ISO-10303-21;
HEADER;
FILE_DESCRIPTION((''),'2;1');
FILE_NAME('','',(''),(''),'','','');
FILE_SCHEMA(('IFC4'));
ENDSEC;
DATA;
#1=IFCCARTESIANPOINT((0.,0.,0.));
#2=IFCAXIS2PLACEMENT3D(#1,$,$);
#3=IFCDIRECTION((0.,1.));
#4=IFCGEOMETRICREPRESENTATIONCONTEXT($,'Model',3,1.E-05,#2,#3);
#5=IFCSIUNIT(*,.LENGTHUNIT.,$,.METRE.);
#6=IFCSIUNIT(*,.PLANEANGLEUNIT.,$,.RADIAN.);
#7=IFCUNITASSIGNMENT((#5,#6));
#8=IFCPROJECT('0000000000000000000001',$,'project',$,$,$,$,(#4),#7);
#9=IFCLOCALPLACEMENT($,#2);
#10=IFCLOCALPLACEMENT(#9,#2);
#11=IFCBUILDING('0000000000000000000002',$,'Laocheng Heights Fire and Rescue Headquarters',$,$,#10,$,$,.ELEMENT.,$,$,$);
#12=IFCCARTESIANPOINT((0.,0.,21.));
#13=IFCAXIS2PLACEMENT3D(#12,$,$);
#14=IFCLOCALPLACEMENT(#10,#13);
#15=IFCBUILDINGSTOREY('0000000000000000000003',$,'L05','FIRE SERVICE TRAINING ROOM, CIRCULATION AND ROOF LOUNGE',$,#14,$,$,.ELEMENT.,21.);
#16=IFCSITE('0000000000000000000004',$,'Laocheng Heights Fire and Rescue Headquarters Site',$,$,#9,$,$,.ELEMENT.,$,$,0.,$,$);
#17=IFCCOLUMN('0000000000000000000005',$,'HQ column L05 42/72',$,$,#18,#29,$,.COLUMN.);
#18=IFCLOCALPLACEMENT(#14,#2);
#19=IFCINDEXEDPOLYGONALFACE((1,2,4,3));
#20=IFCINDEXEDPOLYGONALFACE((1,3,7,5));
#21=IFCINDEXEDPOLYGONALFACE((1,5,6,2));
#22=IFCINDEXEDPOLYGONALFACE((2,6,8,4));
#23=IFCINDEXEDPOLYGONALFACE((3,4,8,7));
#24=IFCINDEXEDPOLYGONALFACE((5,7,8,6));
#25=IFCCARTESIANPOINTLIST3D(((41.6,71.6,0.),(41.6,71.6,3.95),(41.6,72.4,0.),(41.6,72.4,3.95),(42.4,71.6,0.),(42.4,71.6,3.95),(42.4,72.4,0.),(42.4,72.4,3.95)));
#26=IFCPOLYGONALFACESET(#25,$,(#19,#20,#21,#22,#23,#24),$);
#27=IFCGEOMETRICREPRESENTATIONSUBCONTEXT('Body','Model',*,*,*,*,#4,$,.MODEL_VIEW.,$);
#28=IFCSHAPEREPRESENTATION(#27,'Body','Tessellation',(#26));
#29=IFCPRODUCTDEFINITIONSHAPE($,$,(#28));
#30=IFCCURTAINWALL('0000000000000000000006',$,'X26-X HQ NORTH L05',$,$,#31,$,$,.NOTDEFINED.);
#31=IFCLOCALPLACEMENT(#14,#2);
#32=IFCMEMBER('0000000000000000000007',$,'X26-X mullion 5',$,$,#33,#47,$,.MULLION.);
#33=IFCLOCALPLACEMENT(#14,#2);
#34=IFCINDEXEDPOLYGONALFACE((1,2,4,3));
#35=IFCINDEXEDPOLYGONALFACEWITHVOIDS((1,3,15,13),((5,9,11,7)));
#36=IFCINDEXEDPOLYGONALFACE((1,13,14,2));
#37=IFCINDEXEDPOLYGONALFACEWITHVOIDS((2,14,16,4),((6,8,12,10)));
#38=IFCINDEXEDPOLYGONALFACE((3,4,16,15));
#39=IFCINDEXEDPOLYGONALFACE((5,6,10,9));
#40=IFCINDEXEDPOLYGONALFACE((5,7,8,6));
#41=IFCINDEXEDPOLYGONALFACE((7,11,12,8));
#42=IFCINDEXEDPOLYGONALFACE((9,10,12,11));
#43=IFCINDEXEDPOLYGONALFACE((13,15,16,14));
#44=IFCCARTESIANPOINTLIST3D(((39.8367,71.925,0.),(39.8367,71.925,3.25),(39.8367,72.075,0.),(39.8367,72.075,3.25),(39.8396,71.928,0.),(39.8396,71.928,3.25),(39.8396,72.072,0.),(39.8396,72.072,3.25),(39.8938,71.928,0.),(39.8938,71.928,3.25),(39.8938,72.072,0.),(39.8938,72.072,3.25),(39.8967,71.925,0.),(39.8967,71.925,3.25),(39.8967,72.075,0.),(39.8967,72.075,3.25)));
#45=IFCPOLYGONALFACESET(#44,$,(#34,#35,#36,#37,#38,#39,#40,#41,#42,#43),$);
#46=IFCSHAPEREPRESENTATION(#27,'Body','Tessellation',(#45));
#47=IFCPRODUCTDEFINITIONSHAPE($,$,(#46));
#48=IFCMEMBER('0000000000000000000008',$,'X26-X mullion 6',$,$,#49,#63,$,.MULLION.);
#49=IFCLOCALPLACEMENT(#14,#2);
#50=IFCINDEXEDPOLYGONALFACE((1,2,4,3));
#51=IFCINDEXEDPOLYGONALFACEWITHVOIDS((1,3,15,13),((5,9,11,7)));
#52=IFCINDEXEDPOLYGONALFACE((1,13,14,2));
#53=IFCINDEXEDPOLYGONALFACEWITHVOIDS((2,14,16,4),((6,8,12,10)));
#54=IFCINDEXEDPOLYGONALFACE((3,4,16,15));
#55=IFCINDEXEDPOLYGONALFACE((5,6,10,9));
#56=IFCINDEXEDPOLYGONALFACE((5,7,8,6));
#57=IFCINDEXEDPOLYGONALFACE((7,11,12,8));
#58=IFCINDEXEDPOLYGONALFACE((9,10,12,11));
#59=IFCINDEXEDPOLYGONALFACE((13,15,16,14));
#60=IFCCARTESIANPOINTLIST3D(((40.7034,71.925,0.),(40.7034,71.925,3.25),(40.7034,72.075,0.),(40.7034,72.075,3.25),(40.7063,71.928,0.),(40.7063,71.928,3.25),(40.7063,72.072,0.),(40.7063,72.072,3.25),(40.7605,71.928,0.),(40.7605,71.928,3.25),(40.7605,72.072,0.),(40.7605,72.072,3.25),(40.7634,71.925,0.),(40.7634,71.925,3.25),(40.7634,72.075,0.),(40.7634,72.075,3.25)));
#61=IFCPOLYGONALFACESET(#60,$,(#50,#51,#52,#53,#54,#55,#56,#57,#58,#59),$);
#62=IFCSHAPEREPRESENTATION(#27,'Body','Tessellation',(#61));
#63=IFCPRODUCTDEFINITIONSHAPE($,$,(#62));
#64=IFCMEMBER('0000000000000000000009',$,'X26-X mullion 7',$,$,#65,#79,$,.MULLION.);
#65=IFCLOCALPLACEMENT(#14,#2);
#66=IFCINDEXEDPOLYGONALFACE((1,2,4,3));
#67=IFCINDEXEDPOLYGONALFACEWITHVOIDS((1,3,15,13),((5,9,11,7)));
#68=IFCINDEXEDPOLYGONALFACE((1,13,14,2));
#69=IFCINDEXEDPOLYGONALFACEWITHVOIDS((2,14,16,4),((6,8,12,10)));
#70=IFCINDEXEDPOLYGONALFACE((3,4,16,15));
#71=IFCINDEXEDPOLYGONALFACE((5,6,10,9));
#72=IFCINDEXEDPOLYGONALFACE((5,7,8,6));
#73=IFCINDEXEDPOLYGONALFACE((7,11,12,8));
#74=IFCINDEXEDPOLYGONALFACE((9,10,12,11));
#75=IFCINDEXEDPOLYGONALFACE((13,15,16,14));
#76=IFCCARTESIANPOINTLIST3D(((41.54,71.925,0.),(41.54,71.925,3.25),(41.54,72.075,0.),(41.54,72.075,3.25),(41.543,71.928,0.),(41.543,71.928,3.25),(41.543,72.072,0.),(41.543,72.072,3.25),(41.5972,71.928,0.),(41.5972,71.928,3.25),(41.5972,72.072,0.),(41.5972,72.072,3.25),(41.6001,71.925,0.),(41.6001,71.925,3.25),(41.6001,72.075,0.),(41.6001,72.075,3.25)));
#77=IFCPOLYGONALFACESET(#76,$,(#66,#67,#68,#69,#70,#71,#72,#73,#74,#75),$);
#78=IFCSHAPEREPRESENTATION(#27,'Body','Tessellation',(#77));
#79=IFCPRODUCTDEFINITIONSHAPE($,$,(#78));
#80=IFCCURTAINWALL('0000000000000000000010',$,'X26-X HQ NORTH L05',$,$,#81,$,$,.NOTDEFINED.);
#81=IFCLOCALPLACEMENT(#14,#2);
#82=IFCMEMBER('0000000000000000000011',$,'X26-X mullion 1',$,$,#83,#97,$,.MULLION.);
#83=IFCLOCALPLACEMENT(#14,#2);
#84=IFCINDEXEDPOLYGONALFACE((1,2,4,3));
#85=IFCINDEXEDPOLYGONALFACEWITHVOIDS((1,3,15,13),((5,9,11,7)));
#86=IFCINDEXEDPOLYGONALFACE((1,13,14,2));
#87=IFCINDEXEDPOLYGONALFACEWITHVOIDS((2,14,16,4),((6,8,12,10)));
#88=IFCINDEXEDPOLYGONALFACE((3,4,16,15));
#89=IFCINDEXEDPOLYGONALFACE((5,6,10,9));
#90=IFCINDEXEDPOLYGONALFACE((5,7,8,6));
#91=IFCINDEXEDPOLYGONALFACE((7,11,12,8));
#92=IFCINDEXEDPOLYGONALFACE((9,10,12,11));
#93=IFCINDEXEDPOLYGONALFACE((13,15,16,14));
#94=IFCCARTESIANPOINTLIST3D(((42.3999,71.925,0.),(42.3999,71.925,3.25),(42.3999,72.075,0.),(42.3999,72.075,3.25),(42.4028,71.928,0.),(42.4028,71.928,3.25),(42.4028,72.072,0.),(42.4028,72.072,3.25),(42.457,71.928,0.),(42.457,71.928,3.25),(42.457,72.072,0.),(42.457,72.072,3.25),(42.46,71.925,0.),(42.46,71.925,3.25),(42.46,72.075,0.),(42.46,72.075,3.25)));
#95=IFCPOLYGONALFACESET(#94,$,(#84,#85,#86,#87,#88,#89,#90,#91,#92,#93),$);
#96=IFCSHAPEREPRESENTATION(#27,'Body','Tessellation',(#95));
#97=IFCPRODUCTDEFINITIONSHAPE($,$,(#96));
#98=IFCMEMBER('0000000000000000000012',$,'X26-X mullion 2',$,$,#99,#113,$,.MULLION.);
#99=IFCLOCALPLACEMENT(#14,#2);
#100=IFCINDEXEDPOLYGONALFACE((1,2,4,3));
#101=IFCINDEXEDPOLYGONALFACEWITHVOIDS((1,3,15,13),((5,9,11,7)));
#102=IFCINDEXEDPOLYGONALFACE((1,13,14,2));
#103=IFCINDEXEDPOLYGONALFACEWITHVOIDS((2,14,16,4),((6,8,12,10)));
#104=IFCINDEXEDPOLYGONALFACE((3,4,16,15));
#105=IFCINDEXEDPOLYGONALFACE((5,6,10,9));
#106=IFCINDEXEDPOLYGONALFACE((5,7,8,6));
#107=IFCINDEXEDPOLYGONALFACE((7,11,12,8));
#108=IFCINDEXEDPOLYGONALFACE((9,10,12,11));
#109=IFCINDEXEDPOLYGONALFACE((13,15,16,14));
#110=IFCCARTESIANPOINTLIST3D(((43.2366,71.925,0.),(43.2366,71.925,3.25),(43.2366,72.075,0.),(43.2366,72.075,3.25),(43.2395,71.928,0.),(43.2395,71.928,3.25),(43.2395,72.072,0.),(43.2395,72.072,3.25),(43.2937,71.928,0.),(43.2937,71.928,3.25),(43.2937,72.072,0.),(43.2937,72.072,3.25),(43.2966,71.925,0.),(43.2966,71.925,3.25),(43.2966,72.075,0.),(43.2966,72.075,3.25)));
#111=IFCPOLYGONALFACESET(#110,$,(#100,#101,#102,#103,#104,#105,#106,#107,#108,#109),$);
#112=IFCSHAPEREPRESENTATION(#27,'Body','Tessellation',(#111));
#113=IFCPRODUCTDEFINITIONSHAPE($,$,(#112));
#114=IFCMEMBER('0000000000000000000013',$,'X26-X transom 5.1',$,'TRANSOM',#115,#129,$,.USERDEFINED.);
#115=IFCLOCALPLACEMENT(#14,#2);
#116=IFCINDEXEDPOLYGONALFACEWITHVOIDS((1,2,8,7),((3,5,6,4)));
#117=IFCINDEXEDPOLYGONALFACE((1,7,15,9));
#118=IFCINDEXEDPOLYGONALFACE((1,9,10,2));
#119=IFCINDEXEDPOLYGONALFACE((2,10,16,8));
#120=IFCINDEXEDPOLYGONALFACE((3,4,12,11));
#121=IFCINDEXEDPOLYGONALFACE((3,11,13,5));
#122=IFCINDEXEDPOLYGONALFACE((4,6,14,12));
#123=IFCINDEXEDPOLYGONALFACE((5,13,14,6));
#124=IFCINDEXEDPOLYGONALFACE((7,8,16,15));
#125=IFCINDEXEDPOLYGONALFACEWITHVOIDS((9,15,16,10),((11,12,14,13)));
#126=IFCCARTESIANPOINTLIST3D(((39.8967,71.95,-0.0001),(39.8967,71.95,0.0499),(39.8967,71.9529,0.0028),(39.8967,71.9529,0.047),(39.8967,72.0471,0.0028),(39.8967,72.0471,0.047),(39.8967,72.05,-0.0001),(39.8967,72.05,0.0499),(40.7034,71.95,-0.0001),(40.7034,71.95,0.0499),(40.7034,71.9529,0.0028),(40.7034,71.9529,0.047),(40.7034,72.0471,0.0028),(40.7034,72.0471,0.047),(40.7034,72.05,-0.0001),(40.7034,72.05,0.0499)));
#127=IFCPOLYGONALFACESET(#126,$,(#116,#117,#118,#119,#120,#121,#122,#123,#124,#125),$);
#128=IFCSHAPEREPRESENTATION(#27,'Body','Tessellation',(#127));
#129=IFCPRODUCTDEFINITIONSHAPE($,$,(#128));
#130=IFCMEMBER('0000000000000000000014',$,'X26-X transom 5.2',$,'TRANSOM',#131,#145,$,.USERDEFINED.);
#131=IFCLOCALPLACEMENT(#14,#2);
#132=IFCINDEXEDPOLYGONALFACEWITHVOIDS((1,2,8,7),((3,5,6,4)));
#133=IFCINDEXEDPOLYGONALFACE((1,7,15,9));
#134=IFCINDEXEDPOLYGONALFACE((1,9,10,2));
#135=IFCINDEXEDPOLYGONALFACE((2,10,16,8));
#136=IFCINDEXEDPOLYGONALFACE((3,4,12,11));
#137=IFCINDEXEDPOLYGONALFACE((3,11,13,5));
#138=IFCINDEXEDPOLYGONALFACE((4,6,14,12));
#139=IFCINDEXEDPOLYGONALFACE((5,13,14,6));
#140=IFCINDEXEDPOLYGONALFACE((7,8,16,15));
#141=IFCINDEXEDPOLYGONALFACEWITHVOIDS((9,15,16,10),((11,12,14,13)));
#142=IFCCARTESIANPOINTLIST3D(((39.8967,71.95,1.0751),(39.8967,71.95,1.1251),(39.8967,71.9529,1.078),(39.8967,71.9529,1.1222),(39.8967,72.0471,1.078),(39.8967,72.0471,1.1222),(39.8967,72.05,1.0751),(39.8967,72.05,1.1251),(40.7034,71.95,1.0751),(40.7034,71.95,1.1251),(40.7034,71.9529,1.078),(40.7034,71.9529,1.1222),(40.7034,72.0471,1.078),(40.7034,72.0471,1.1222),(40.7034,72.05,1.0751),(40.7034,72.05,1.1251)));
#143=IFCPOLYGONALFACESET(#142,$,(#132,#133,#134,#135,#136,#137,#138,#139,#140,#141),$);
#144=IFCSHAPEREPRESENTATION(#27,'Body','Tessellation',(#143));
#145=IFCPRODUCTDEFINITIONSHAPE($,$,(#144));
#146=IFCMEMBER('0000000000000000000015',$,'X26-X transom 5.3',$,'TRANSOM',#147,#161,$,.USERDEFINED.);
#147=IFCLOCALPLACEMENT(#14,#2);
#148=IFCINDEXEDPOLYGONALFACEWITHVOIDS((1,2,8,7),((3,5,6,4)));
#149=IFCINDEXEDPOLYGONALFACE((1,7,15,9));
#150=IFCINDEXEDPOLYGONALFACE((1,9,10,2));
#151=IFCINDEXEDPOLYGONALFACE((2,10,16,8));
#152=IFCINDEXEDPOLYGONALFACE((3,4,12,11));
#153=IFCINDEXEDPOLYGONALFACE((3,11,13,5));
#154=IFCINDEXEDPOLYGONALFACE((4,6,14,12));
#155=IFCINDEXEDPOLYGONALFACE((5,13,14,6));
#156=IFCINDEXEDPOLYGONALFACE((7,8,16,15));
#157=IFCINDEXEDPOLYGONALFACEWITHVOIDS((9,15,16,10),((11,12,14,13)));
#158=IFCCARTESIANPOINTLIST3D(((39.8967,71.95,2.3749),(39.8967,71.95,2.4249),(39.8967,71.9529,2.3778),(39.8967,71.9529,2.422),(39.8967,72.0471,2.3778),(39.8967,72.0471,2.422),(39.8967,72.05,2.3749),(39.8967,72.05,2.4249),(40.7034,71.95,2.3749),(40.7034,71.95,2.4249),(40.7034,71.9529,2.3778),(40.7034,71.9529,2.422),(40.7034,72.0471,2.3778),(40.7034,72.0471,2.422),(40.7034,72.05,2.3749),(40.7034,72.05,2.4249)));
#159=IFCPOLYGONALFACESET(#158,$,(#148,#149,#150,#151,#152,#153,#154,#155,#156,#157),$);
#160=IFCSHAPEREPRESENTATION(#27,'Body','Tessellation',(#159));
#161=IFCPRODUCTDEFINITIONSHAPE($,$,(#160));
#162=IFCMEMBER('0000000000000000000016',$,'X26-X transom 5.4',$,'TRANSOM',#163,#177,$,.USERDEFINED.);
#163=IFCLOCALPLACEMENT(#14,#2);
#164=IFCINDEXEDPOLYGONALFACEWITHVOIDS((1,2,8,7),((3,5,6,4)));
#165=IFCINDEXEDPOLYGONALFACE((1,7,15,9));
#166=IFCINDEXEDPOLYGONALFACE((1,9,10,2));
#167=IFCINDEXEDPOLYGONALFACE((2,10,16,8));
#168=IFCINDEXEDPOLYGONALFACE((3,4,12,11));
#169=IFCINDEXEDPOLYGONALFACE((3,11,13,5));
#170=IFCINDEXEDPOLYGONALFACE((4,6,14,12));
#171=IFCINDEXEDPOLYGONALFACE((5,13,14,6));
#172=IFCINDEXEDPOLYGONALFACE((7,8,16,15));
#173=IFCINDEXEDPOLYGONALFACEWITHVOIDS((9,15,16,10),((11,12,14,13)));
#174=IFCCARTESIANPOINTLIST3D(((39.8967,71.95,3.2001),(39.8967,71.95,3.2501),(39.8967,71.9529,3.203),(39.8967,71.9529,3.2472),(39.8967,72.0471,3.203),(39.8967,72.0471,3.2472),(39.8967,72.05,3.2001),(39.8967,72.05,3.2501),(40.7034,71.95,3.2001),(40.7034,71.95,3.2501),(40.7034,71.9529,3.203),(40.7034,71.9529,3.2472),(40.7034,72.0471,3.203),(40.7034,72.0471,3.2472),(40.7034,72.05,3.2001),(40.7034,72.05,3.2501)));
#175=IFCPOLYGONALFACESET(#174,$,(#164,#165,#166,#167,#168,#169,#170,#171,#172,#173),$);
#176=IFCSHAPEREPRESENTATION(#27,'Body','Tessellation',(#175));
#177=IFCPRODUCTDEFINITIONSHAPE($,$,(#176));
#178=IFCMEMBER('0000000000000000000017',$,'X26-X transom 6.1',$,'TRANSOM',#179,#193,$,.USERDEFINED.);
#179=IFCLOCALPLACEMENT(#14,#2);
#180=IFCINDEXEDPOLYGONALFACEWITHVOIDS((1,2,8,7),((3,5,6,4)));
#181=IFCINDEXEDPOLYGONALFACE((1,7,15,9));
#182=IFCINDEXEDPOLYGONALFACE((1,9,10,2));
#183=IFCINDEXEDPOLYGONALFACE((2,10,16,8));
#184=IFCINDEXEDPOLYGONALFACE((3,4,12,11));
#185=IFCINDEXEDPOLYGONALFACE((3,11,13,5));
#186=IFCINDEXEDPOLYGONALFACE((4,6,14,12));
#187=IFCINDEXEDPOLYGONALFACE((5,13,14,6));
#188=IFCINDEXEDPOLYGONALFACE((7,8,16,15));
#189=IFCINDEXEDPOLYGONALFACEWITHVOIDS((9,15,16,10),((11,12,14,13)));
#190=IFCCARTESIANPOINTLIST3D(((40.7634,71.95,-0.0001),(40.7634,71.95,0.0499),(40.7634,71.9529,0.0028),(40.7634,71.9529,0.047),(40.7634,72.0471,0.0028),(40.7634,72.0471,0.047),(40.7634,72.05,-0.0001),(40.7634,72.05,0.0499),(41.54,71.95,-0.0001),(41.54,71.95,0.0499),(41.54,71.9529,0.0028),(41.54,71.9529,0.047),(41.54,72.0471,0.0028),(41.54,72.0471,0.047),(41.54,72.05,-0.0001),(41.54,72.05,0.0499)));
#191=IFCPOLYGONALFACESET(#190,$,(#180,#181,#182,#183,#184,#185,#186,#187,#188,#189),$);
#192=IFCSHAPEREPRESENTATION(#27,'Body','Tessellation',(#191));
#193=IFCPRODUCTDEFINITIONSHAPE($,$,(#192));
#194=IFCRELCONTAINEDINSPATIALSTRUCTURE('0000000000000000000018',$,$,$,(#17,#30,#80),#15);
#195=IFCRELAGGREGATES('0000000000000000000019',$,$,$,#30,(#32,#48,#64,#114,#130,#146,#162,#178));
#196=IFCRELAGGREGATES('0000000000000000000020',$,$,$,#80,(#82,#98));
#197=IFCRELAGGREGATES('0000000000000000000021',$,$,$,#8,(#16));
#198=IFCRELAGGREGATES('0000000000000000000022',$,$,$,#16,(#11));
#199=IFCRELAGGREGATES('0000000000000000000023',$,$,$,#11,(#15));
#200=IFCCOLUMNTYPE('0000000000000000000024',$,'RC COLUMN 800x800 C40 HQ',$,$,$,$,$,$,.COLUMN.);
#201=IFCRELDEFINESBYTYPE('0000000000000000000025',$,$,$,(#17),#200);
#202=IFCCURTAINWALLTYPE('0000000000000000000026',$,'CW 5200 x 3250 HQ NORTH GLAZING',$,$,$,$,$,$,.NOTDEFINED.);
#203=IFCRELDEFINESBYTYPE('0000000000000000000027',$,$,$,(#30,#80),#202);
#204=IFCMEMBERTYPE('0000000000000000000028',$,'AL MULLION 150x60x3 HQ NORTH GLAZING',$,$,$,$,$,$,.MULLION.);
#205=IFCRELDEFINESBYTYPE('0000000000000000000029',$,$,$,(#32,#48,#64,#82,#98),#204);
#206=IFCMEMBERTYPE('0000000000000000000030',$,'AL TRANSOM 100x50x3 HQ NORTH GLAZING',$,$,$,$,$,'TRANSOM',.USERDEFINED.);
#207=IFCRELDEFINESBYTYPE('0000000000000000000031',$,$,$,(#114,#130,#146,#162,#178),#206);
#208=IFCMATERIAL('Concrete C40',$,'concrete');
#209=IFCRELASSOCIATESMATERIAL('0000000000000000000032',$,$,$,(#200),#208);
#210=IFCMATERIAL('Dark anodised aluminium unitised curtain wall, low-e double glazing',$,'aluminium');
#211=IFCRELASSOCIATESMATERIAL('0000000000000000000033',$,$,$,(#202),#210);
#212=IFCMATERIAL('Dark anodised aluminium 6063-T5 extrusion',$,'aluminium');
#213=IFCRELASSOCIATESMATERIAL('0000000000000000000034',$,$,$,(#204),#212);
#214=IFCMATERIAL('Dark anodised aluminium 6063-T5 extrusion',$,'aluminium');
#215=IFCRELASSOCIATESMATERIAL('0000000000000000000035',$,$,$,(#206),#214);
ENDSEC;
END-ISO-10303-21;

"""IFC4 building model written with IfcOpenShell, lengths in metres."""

from ifc_helpers import new_model, si_unit, direction, frame, origin, origin_2d, place, context, subcontext, project, spatial, rectangle, hollow_rectangle, extrude, material, material_profile, profile_set, type_object, element, aggregate, save


model = new_model("IFC4")

# Units and contexts
model_context = context("Model", 3, precision=1e-05, world=origin(), true_north=direction((0.0, 1.0)))
body_context = subcontext(model_context, "Body", "Model", "MODEL_VIEW")
ifc_project = project(units=[si_unit("LENGTHUNIT", "METRE"), si_unit("PLANEANGLEUNIT", "RADIAN")], contexts=[model_context])

# Site, building, storey
site_placement = place(None, origin())
site = spatial("IfcSite", under=ifc_project, at=site_placement, Name="Laocheng Heights Fire and Rescue Headquarters Site", CompositionType="ELEMENT", RefElevation=0.0)
building_placement = place(site_placement, origin())
building = spatial("IfcBuilding", under=site, at=building_placement, Name="Laocheng Heights Fire and Rescue Headquarters", CompositionType="ELEMENT")
storey_placement = place(building_placement, frame((0.0, 0.0, 21.0)))
storey = spatial("IfcBuildingStorey", under=building, at=storey_placement, Name="L05", Description="FIRE SERVICE TRAINING ROOM, CIRCULATION AND ROOF LOUNGE", CompositionType="ELEMENT", Elevation=21.0)

# Column
ifc_material_1 = material(Name="Concrete C40", Category="concrete")
ifc_material_profile_1 = material_profile(ifc_material_1, rectangle(XDim=0.8, YDim=0.8, at=origin_2d()), Name="RC COLUMN 800x800 C40 HQ")
ifc_profile_set_1 = profile_set([ifc_material_profile_1], Name="Concrete C40")
column_type = type_object("IfcColumnType", Name="RC COLUMN 800x800 C40 HQ", PredefinedType="COLUMN", material=ifc_profile_set_1)
column_placement = place(storey_placement, frame((42.0, 72.0, 0.0), z_axis=(0.0, 0.0, 1.0), x_axis=(1.0, 0.0, 0.0)))
element("IfcColumn", 1, at=column_placement, inside=storey, type_object=column_type, Name="HQ column L05 42/72", PredefinedType="COLUMN", context=body_context, shape_type="SweptSolid", body=[
    extrude(rectangle(XDim=0.8, YDim=0.8, at=origin_2d()), origin(), (0.0, 0.0, 1.0), 3.95),
])

# Curtain walls, members
ifc_material_2 = material(Name="Dark anodised aluminium unitised curtain wall, low-e double glazing", Category="aluminium")
curtain_wall_type = type_object("IfcCurtainWallType", Name="CW 5200 x 3250 HQ NORTH GLAZING", PredefinedType="NOTDEFINED", material=ifc_material_2)
curtain_wall_1_placement = place(storey_placement, origin())
curtain_wall_1 = element("IfcCurtainWall", 2, at=curtain_wall_1_placement, inside=storey, type_object=curtain_wall_type, Name="X26-X HQ NORTH L05", PredefinedType="NOTDEFINED")
ifc_material_3 = material(Name="Dark anodised aluminium 6063-T5 extrusion", Category="aluminium")
ifc_material_profile_2 = material_profile(ifc_material_3, hollow_rectangle(XDim=0.1499, YDim=0.0601, WallThickness=0.0029, at=origin_2d()), Name="AL MULLION 150x60x3 HQ NORTH GLAZING")
ifc_profile_set_2 = profile_set([ifc_material_profile_2], Name="Dark anodised aluminium 6063-T5 extrusion")
member_type_1 = type_object("IfcMemberType", Name="AL MULLION 150x60x3 HQ NORTH GLAZING", PredefinedType="MULLION", material=ifc_profile_set_2)
member_1_placement = place(storey_placement, frame((39.8667, 72.0, 0.0), z_axis=(0.0, 0.0, 1.0), x_axis=(0.0, 1.0, 0.0)))
member_1 = element("IfcMember", 3, at=member_1_placement, type_object=member_type_1, Name="X26-X mullion 5", PredefinedType="MULLION", context=body_context, shape_type="SweptSolid", body=[
    extrude(hollow_rectangle(XDim=0.1499, YDim=0.0601, WallThickness=0.0029, at=origin_2d()), origin(), (0.0, 0.0, 1.0), 3.25),
])
member_2_placement = place(storey_placement, frame((40.7334, 72.0, 0.0), z_axis=(0.0, 0.0, 1.0), x_axis=(0.0, 1.0, 0.0)))
member_2 = element("IfcMember", 4, at=member_2_placement, type_object=member_type_1, Name="X26-X mullion 6", PredefinedType="MULLION", context=body_context, shape_type="SweptSolid", body=[
    extrude(hollow_rectangle(XDim=0.1499, YDim=0.0601, WallThickness=0.0029, at=origin_2d()), origin(), (0.0, 0.0, 1.0), 3.25),
])
member_3_placement = place(storey_placement, frame((41.5701, 72.0, 0.0), z_axis=(0.0, 0.0, 1.0), x_axis=(0.0, 1.0, 0.0)))
member_3 = element("IfcMember", 5, at=member_3_placement, type_object=member_type_1, Name="X26-X mullion 7", PredefinedType="MULLION", context=body_context, shape_type="SweptSolid", body=[
    extrude(hollow_rectangle(XDim=0.1499, YDim=0.0601, WallThickness=0.0029, at=origin_2d()), origin(), (0.0, 0.0, 1.0), 3.25),
])
curtain_wall_2_placement = place(storey_placement, origin())
curtain_wall_2 = element("IfcCurtainWall", 6, at=curtain_wall_2_placement, inside=storey, type_object=curtain_wall_type, Name="X26-X HQ NORTH L05", PredefinedType="NOTDEFINED")
member_4_placement = place(storey_placement, frame((42.4299, 72.0, 0.0), z_axis=(0.0, 0.0, 1.0), x_axis=(0.0, 1.0, 0.0)))
member_4 = element("IfcMember", 7, at=member_4_placement, type_object=member_type_1, Name="X26-X mullion 1", PredefinedType="MULLION", context=body_context, shape_type="SweptSolid", body=[
    extrude(hollow_rectangle(XDim=0.1499, YDim=0.0601, WallThickness=0.0029, at=origin_2d()), origin(), (0.0, 0.0, 1.0), 3.25),
])
member_5_placement = place(storey_placement, frame((43.2666, 72.0, 0.0), z_axis=(0.0, 0.0, 1.0), x_axis=(0.0, 1.0, 0.0)))
member_5 = element("IfcMember", 8, at=member_5_placement, type_object=member_type_1, Name="X26-X mullion 2", PredefinedType="MULLION", context=body_context, shape_type="SweptSolid", body=[
    extrude(hollow_rectangle(XDim=0.1499, YDim=0.0601, WallThickness=0.0029, at=origin_2d()), origin(), (0.0, 0.0, 1.0), 3.25),
])

# Members
ifc_material_4 = material(Name="Dark anodised aluminium 6063-T5 extrusion", Category="aluminium")
ifc_material_profile_3 = material_profile(ifc_material_4, hollow_rectangle(XDim=0.1001, YDim=0.05, WallThickness=0.0029, at=origin_2d()), Name="AL TRANSOM 100x50x3 HQ NORTH GLAZING")
ifc_profile_set_3 = profile_set([ifc_material_profile_3], Name="Dark anodised aluminium 6063-T5 extrusion")
member_type_2 = type_object("IfcMemberType", Name="AL TRANSOM 100x50x3 HQ NORTH GLAZING", ElementType="TRANSOM", PredefinedType="USERDEFINED", material=ifc_profile_set_3)
member_6_placement = place(storey_placement, frame((39.8967, 72.0, 0.0249), z_axis=(1.0, 0.0, 0.0), x_axis=(0.0, 1.0, 0.0)))
member_6 = element("IfcMember", 9, at=member_6_placement, type_object=member_type_2, Name="X26-X transom 5.1", ObjectType="TRANSOM", PredefinedType="USERDEFINED", context=body_context, shape_type="SweptSolid", body=[
    extrude(hollow_rectangle(XDim=0.1001, YDim=0.05, WallThickness=0.0029, at=origin_2d()), origin(), (0.0, 0.0, 1.0), 0.8066),
])
member_7_placement = place(storey_placement, frame((39.8967, 72.0, 1.1001), z_axis=(1.0, 0.0, 0.0), x_axis=(0.0, 1.0, 0.0)))
member_7 = element("IfcMember", 10, at=member_7_placement, type_object=member_type_2, Name="X26-X transom 5.2", ObjectType="TRANSOM", PredefinedType="USERDEFINED", context=body_context, shape_type="SweptSolid", body=[
    extrude(hollow_rectangle(XDim=0.1001, YDim=0.05, WallThickness=0.0029, at=origin_2d()), origin(), (0.0, 0.0, 1.0), 0.8066),
])
member_8_placement = place(storey_placement, frame((39.8967, 72.0, 2.3999), z_axis=(1.0, 0.0, 0.0), x_axis=(0.0, 1.0, 0.0)))
member_8 = element("IfcMember", 11, at=member_8_placement, type_object=member_type_2, Name="X26-X transom 5.3", ObjectType="TRANSOM", PredefinedType="USERDEFINED", context=body_context, shape_type="SweptSolid", body=[
    extrude(hollow_rectangle(XDim=0.1001, YDim=0.05, WallThickness=0.0029, at=origin_2d()), origin(), (0.0, 0.0, 1.0), 0.8066),
])
member_9_placement = place(storey_placement, frame((39.8967, 72.0, 3.2251), z_axis=(1.0, 0.0, 0.0), x_axis=(0.0, 1.0, 0.0)))
member_9 = element("IfcMember", 12, at=member_9_placement, type_object=member_type_2, Name="X26-X transom 5.4", ObjectType="TRANSOM", PredefinedType="USERDEFINED", context=body_context, shape_type="SweptSolid", body=[
    extrude(hollow_rectangle(XDim=0.1001, YDim=0.05, WallThickness=0.0029, at=origin_2d()), origin(), (0.0, 0.0, 1.0), 0.8066),
])
member_10_placement = place(storey_placement, frame((40.7634, 72.0, 0.0249), z_axis=(1.0, 0.0, 0.0), x_axis=(0.0, 1.0, 0.0)))
member_10 = element("IfcMember", 13, at=member_10_placement, type_object=member_type_2, Name="X26-X transom 6.1", ObjectType="TRANSOM", PredefinedType="USERDEFINED", context=body_context, shape_type="SweptSolid", body=[
    extrude(hollow_rectangle(XDim=0.1001, YDim=0.05, WallThickness=0.0029, at=origin_2d()), origin(), (0.0, 0.0, 1.0), 0.7766),
])

aggregate(curtain_wall_1, [member_1, member_2, member_3, member_6, member_7, member_8, member_9, member_10])
aggregate(curtain_wall_2, [member_4, member_5])

save(model, "model.ifc")
